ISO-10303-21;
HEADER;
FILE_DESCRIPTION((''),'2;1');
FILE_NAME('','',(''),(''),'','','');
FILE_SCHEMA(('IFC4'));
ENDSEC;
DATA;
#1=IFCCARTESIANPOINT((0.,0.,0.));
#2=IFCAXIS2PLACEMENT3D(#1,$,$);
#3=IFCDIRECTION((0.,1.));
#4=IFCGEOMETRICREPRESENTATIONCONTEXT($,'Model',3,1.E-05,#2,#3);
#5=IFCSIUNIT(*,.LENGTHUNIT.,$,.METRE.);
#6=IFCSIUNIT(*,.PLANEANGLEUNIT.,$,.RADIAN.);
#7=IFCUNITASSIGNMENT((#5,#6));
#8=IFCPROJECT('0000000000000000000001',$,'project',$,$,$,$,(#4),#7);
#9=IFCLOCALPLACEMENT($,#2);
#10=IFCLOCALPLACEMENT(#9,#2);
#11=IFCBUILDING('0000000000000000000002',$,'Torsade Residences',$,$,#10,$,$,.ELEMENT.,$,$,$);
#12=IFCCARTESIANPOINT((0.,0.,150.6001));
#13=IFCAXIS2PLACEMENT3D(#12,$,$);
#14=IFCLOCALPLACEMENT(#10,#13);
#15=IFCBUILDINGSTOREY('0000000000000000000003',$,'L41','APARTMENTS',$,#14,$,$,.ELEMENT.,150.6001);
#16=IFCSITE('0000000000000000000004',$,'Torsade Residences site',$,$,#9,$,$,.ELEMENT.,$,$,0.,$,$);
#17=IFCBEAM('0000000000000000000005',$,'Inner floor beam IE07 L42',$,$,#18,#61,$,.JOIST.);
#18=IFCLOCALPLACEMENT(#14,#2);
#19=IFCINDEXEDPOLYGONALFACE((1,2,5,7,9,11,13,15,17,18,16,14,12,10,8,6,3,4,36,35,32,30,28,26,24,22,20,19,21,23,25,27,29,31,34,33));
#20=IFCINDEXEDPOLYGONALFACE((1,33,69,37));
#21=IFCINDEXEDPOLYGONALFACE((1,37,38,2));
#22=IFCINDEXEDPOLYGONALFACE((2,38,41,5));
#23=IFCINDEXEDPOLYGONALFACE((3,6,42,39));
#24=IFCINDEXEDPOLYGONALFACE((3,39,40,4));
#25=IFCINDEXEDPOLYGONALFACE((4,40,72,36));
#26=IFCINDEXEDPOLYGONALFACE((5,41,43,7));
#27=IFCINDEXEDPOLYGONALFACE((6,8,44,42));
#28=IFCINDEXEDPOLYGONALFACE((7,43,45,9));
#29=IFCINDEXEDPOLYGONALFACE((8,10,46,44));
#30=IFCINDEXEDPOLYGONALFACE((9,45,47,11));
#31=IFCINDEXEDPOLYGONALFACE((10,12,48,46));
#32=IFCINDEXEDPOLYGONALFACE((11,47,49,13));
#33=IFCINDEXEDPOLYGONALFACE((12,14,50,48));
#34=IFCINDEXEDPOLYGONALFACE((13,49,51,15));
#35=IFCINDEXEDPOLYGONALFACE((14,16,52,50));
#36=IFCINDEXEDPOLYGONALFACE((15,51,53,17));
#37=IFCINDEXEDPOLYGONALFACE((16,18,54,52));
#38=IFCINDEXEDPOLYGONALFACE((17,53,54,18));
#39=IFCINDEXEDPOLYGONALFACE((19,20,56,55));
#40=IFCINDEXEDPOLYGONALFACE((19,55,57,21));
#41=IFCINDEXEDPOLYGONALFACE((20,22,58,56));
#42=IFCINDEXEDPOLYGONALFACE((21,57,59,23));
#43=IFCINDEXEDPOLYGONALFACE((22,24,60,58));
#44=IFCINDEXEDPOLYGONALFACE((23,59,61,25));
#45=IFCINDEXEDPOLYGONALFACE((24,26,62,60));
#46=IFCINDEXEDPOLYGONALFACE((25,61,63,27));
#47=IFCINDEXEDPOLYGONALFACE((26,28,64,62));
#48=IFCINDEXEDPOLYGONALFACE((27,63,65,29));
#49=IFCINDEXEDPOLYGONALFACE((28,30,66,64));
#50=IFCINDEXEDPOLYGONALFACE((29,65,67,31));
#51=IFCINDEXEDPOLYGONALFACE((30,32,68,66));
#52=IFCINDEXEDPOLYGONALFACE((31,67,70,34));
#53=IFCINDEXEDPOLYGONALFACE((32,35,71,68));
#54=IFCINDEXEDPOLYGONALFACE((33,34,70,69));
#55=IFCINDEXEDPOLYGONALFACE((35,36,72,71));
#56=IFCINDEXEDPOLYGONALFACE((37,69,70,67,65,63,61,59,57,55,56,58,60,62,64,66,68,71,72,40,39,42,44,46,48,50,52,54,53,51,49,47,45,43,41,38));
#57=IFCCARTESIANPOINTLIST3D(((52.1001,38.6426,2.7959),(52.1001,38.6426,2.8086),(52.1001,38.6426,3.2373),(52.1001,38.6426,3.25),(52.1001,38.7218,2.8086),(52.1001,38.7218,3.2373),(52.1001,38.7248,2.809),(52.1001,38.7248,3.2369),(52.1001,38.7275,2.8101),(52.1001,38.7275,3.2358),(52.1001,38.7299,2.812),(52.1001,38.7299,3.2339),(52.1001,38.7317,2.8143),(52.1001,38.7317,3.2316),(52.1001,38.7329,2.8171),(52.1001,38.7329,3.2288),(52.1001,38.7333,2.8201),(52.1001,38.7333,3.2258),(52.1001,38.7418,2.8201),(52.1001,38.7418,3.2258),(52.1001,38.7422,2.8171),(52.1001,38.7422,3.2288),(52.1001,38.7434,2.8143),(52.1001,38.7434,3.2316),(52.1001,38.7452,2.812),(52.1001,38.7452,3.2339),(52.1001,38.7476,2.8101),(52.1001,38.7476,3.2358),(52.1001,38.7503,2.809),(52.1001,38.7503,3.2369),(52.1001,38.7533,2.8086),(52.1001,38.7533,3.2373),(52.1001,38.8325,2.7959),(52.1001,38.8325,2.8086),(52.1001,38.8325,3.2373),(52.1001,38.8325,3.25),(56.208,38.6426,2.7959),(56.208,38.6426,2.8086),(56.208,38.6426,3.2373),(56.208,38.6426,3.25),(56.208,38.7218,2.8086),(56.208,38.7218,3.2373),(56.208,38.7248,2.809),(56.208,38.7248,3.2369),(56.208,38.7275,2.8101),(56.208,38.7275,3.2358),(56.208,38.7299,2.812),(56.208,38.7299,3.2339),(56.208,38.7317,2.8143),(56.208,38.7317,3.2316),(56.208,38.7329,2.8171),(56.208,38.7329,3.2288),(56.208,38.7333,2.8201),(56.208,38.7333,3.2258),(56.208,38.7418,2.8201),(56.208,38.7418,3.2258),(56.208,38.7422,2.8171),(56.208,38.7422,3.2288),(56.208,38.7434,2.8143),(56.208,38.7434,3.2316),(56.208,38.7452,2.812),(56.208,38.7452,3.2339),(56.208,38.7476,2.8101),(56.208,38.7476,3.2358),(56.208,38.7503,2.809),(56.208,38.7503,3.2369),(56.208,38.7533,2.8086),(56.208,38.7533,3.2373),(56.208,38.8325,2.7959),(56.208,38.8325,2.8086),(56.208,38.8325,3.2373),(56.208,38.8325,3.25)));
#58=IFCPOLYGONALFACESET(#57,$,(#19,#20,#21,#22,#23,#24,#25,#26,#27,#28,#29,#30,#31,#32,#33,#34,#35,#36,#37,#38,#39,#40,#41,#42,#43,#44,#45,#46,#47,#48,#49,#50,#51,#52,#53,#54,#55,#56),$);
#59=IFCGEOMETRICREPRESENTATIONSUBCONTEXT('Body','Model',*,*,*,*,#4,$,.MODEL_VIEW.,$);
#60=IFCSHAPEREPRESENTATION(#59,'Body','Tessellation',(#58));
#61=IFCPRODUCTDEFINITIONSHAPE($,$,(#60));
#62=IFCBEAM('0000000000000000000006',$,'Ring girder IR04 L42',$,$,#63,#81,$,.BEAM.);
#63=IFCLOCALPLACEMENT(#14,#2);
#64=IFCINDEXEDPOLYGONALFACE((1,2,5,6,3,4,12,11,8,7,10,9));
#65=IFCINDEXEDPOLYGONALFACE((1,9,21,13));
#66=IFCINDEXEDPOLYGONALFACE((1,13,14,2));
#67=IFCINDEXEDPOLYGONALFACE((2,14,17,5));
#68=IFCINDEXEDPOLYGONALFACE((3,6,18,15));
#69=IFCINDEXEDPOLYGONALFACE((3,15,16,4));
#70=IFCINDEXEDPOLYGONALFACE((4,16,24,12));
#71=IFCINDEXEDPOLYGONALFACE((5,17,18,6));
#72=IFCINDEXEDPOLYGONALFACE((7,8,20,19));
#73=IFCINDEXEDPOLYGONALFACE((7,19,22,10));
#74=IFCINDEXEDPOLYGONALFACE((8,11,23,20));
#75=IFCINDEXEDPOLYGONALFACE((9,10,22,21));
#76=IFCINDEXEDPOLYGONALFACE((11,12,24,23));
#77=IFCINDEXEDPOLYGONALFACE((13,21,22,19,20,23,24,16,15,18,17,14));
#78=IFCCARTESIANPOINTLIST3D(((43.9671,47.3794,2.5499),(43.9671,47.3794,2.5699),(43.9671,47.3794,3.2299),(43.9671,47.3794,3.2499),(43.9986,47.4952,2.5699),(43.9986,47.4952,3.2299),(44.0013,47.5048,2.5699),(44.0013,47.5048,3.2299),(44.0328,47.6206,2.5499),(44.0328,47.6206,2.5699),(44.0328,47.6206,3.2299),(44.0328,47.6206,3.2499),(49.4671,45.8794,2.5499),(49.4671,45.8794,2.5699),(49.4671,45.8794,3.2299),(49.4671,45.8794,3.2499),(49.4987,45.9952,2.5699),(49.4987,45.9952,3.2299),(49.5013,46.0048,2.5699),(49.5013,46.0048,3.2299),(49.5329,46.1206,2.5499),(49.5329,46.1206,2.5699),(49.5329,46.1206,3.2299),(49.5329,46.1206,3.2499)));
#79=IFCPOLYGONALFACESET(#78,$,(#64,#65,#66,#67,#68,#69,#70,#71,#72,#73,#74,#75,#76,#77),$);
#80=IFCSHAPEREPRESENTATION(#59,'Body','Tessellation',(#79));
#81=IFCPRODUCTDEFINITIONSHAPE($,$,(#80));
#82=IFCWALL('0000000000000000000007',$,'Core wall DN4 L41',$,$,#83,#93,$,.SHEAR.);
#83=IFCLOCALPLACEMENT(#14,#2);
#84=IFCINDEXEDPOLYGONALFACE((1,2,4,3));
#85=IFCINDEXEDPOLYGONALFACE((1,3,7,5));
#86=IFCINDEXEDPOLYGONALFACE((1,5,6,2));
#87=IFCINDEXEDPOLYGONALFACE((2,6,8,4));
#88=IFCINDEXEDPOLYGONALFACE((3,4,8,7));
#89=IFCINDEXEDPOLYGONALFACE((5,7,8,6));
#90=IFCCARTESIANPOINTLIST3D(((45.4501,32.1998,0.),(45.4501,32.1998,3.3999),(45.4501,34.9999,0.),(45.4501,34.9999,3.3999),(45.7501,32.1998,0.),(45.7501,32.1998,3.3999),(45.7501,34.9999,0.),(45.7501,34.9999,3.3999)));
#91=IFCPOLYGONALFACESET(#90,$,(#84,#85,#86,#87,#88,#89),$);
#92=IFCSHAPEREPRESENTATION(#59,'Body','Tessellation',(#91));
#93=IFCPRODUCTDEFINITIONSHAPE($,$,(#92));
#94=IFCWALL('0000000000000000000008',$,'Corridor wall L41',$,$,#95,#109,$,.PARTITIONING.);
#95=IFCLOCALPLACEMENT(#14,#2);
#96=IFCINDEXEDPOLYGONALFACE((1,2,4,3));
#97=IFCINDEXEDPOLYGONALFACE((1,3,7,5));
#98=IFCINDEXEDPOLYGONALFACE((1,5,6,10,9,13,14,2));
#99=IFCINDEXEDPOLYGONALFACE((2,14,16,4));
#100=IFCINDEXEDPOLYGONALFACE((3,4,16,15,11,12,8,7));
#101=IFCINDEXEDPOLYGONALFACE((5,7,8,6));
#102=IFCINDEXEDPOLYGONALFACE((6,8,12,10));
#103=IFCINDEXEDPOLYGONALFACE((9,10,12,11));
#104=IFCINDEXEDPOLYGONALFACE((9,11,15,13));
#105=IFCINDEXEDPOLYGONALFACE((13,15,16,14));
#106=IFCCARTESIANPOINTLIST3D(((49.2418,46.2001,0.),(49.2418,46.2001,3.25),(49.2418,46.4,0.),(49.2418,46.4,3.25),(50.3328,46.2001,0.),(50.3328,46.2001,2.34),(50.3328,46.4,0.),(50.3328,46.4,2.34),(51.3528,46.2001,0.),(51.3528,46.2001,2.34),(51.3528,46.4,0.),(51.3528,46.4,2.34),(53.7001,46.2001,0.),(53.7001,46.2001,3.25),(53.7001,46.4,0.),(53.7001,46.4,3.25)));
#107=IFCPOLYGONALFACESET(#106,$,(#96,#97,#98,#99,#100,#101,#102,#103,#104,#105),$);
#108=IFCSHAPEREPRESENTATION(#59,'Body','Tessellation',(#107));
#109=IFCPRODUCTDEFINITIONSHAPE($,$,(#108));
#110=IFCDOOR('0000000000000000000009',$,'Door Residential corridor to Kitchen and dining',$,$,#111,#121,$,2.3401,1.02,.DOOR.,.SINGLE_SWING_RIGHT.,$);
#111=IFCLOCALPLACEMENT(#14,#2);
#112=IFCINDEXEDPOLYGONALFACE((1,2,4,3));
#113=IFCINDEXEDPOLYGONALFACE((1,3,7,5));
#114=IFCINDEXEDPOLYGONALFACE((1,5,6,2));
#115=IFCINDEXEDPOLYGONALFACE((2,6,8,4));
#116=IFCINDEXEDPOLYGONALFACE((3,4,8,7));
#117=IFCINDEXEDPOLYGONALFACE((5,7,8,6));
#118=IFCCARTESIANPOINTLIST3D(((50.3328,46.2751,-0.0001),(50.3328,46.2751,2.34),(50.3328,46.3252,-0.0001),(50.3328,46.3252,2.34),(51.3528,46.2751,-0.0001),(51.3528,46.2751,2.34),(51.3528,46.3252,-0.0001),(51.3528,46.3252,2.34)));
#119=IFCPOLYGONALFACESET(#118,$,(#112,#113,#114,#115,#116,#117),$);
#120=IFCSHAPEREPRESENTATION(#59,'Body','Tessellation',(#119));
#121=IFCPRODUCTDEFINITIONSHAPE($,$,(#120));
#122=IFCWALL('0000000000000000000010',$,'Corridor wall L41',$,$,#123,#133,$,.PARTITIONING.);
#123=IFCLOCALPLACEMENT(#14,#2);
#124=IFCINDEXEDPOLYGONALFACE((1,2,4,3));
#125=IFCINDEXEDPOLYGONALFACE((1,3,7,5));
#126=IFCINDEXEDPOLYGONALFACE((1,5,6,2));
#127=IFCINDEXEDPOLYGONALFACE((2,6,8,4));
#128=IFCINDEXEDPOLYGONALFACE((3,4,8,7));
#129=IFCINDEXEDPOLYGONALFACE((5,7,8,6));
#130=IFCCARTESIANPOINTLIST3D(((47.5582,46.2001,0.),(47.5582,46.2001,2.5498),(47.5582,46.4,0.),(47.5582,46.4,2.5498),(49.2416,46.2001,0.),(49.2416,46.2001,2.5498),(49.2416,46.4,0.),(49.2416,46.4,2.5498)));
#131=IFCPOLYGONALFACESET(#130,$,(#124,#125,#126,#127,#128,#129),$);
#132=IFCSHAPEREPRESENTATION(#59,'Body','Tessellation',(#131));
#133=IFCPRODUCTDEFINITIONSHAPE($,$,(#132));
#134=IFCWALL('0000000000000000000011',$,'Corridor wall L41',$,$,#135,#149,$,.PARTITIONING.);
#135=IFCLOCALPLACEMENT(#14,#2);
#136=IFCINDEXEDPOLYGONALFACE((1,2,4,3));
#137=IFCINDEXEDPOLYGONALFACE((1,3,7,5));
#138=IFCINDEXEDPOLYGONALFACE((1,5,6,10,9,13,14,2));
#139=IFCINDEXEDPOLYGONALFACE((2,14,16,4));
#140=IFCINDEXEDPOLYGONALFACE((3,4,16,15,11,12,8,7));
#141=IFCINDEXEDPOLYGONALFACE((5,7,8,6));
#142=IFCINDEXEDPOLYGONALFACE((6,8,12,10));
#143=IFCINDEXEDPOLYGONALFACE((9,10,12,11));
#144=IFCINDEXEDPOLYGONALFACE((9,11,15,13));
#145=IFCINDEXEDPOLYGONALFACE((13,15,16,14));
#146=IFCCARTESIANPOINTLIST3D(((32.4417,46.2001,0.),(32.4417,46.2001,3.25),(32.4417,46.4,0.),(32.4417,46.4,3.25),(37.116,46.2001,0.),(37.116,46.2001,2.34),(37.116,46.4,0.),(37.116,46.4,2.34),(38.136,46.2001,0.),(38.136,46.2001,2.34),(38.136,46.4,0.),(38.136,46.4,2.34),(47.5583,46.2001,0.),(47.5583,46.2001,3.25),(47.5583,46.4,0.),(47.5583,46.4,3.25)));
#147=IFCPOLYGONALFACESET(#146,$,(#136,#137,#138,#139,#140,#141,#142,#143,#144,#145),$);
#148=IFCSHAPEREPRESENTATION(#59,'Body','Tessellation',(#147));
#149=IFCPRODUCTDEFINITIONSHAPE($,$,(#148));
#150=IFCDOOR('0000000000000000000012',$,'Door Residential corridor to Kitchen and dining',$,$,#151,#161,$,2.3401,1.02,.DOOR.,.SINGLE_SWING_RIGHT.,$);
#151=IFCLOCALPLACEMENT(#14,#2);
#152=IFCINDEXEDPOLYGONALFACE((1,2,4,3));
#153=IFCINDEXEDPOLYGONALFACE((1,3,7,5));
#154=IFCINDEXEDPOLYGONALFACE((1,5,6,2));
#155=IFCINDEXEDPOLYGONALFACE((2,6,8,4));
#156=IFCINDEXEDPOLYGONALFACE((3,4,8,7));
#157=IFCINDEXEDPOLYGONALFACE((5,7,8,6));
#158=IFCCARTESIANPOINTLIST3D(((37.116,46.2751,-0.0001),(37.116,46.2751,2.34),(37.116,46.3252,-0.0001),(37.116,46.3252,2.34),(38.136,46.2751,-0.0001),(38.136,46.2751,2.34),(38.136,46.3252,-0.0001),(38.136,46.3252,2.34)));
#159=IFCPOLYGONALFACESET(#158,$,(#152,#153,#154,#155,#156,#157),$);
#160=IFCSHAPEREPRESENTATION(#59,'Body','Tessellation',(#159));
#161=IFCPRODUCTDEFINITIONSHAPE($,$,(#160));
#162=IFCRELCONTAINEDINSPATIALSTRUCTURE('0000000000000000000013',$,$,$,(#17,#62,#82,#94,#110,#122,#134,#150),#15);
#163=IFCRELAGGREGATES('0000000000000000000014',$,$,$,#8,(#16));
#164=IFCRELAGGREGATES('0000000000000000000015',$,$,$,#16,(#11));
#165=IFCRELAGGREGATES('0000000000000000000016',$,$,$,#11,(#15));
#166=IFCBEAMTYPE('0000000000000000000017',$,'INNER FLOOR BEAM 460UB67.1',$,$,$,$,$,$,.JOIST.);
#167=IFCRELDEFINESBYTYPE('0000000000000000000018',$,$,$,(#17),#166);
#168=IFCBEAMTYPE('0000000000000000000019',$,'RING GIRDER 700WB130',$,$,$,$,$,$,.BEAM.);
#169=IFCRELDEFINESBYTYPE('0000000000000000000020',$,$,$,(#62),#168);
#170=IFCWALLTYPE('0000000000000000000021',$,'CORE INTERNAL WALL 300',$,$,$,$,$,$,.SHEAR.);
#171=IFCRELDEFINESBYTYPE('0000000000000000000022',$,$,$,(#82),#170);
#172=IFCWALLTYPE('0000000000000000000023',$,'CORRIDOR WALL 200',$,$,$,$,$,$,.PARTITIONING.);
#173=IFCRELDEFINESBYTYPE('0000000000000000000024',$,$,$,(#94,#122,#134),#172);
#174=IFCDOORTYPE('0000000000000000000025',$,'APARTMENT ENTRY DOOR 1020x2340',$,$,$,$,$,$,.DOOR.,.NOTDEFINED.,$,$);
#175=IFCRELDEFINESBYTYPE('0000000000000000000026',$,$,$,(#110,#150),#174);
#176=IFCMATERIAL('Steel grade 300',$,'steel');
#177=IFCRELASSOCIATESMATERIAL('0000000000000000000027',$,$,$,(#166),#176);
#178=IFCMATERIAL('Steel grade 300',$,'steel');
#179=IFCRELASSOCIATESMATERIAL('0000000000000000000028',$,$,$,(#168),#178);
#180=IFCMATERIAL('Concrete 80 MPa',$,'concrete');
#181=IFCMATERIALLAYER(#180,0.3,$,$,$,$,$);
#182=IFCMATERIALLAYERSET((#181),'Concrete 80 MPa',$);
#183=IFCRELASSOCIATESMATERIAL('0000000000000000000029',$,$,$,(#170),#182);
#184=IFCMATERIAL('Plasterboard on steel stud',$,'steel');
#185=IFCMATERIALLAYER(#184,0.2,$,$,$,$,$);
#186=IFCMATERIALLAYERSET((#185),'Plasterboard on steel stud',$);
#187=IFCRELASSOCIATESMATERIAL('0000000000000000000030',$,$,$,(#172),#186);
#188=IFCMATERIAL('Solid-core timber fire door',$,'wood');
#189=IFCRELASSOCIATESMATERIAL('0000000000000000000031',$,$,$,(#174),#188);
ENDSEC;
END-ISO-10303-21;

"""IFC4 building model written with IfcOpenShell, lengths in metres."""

from ifc_helpers import new_model, si_unit, direction, frame, frame_2d, origin, origin_2d, place, context, subcontext, project, spatial, rectangle, i_section, extrude, material, layer, layer_set, material_profile, profile_set, type_object, element, fill, save


model = new_model("IFC4")

# Units and contexts
model_context = context("Model", 3, precision=1e-05, world=origin(), true_north=direction((0.0, 1.0)))
body_context = subcontext(model_context, "Body", "Model", "MODEL_VIEW")
ifc_project = project(units=[si_unit("LENGTHUNIT", "METRE"), si_unit("PLANEANGLEUNIT", "RADIAN")], contexts=[model_context])

# Site, building, storey
site_placement = place(None, origin())
site = spatial("IfcSite", under=ifc_project, at=site_placement, Name="Torsade Residences site", CompositionType="ELEMENT", RefElevation=0.0)
building_placement = place(site_placement, origin())
building = spatial("IfcBuilding", under=site, at=building_placement, Name="Torsade Residences", CompositionType="ELEMENT")
storey_placement = place(building_placement, frame((0.0, 0.0, 150.6001)))
storey = spatial("IfcBuildingStorey", under=building, at=storey_placement, Name="L41", Description="APARTMENTS", CompositionType="ELEMENT", Elevation=150.6001)

# Beams
ifc_material_1 = material(Name="Steel grade 300", Category="steel")
ifc_material_profile_1 = material_profile(ifc_material_1, i_section(OverallWidth=0.1899, OverallDepth=0.4541, WebThickness=0.0085, FlangeThickness=0.0127, FilletRadius=0.0115, at=origin_2d()), Name="460UB67.1")
ifc_profile_set_1 = profile_set([ifc_material_profile_1], Name="Steel grade 300")
beam_type_1 = type_object("IfcBeamType", Name="INNER FLOOR BEAM 460UB67.1", PredefinedType="JOIST", material=ifc_profile_set_1)
beam_1_placement = place(storey_placement, frame((52.1001, 38.7375, 3.0229), z_axis=(1.0, 0.0, 0.0), x_axis=(0.0, 1.0, 0.0)))
element("IfcBeam", 1, at=beam_1_placement, inside=storey, type_object=beam_type_1, Name="Inner floor beam IE07 L42", PredefinedType="JOIST", context=body_context, shape_type="SweptSolid", body=[
    extrude(i_section(OverallWidth=0.1899, OverallDepth=0.4541, WebThickness=0.0085, FlangeThickness=0.0127, FilletRadius=0.0115, at=origin_2d()), origin(), (0.0, 0.0, 1.0), 4.1079),
])
ifc_material_2 = material(Name="Steel grade 300", Category="steel")
ifc_material_profile_2 = material_profile(ifc_material_2, i_section(OverallWidth=0.25, OverallDepth=0.7, WebThickness=0.01, FlangeThickness=0.02, at=origin_2d()), Name="700WB130")
ifc_profile_set_2 = profile_set([ifc_material_profile_2], Name="Steel grade 300")
beam_type_2 = type_object("IfcBeamType", Name="RING GIRDER 700WB130", PredefinedType="BEAM", material=ifc_profile_set_2)
beam_2_placement = place(storey_placement, frame((49.5, 46.0, 2.8999), z_axis=(-0.964764, 0.263117, 0.0), x_axis=(-0.263117, -0.964764, 0.0)))
element("IfcBeam", 2, at=beam_2_placement, inside=storey, type_object=beam_type_2, Name="Ring girder IR04 L42", PredefinedType="BEAM", context=body_context, shape_type="SweptSolid", body=[
    extrude(i_section(OverallWidth=0.25, OverallDepth=0.7, WebThickness=0.01, FlangeThickness=0.02, at=origin_2d()), origin(), (0.0, 0.0, 1.0), 5.7009),
])

# Wall
ifc_material_3 = material(Name="Concrete 80 MPa", Category="concrete")
ifc_layer_1 = layer(ifc_material_3, 0.3)
ifc_layer_set_1 = layer_set([ifc_layer_1], Name="Concrete 80 MPa")
wall_type_1 = type_object("IfcWallType", Name="CORE INTERNAL WALL 300", PredefinedType="SHEAR", material=ifc_layer_set_1)
wall_1_placement = place(storey_placement, frame((45.6001, 32.2, 0.0), z_axis=(0.0, 0.0, 1.0), x_axis=(0.0, 1.0, 0.0)))
element("IfcWall", 3, at=wall_1_placement, inside=storey, type_object=wall_type_1, Name="Core wall DN4 L41", PredefinedType="SHEAR", context=body_context, shape_type="SweptSolid", body=[
    extrude(rectangle(XDim=2.8, YDim=0.3, at=frame_2d((1.3999, 0.0))), origin(), (0.0, 0.0, 1.0), 3.3999),
])

# Wall, opening, door
ifc_material_4 = material(Name="Plasterboard on steel stud", Category="steel")
ifc_layer_2 = layer(ifc_material_4, 0.2)
ifc_layer_set_2 = layer_set([ifc_layer_2], Name="Plasterboard on steel stud")
wall_type_2 = type_object("IfcWallType", Name="CORRIDOR WALL 200", PredefinedType="PARTITIONING", material=ifc_layer_set_2)
wall_2_placement = place(storey_placement, frame((53.7, 46.3, 0.0), z_axis=(0.0, 0.0, 1.0), x_axis=(-1.0, 0.0, 0.0)))
wall_2 = element("IfcWall", 4, at=wall_2_placement, inside=storey, type_object=wall_type_2, Name="Corridor wall L41", PredefinedType="PARTITIONING", context=body_context, shape_type="SweptSolid", body=[
    extrude(rectangle(XDim=4.4583, YDim=0.2, at=frame_2d((2.229, 0.0))), origin(), (0.0, 0.0, 1.0), 3.25),
])
opening_1_placement = place(wall_2_placement, frame((2.3472, 0.0, 0.0)))
opening_1 = element("IfcOpeningElement", 5, at=opening_1_placement, cuts=wall_2, PredefinedType="OPENING", context=body_context, shape_type="SweptSolid", body=[
    extrude(rectangle(XDim=1.02, YDim=2.3401, at=frame_2d((0.51, 1.1699))), frame((0.0, 0.1099, 0.0), z_axis=(0.0, -1.0, 0.0), x_axis=(1.0, 0.0, 0.0)), (0.0, 0.0, 1.0), 0.22),
])
ifc_material_5 = material(Name="Solid-core timber fire door", Category="wood")
door_type_1 = type_object("IfcDoorType", Name="APARTMENT ENTRY DOOR 1020x2340", OperationType="NOTDEFINED", PredefinedType="DOOR", material=ifc_material_5)
door_1_placement = place(opening_1_placement, origin())
door_1 = element("IfcDoor", 6, at=door_1_placement, inside=storey, type_object=door_type_1, Name="Door Residential corridor to Kitchen and dining", OperationType="SINGLE_SWING_RIGHT", OverallHeight=2.3401, OverallWidth=1.02, PredefinedType="DOOR", context=body_context, shape_type="SweptSolid", body=[
    extrude(rectangle(XDim=1.02, YDim=2.3401, at=frame_2d((0.51, 1.1699))), frame((0.0, 0.0249, 0.0), z_axis=(0.0, -1.0, 0.0), x_axis=(1.0, 0.0, 0.0)), (0.0, 0.0, 1.0), 0.05),
])
fill(opening_1, door_1)

# Wall
wall_3_placement = place(storey_placement, frame((49.2417, 46.3, 0.0), z_axis=(0.0, 0.0, 1.0), x_axis=(-1.0, 0.0, 0.0)))
element("IfcWall", 7, at=wall_3_placement, inside=storey, type_object=wall_type_2, Name="Corridor wall L41", PredefinedType="PARTITIONING", context=body_context, shape_type="SweptSolid", body=[
    extrude(rectangle(XDim=1.6833, YDim=0.2, at=frame_2d((0.8418, 0.0))), origin(), (0.0, 0.0, 1.0), 2.5498),
])

# Wall, opening, door
wall_4_placement = place(storey_placement, frame((47.5583, 46.3, 0.0), z_axis=(0.0, 0.0, 1.0), x_axis=(-1.0, 0.0, 0.0)))
wall_4 = element("IfcWall", 8, at=wall_4_placement, inside=storey, type_object=wall_type_2, Name="Corridor wall L41", PredefinedType="PARTITIONING", context=body_context, shape_type="SweptSolid", body=[
    extrude(rectangle(XDim=15.1167, YDim=0.2, at=frame_2d((7.5583, 0.0))), origin(), (0.0, 0.0, 1.0), 3.25),
])
opening_2_placement = place(wall_4_placement, frame((9.4224, 0.0, 0.0)))
opening_2 = element("IfcOpeningElement", 9, at=opening_2_placement, cuts=wall_4, PredefinedType="OPENING", context=body_context, shape_type="SweptSolid", body=[
    extrude(rectangle(XDim=1.02, YDim=2.3401, at=frame_2d((0.51, 1.1699))), frame((0.0, 0.1099, 0.0), z_axis=(0.0, -1.0, 0.0), x_axis=(1.0, 0.0, 0.0)), (0.0, 0.0, 1.0), 0.22),
])
door_2_placement = place(opening_2_placement, origin())
door_2 = element("IfcDoor", 10, at=door_2_placement, inside=storey, type_object=door_type_1, Name="Door Residential corridor to Kitchen and dining", OperationType="SINGLE_SWING_RIGHT", OverallHeight=2.3401, OverallWidth=1.02, PredefinedType="DOOR", context=body_context, shape_type="SweptSolid", body=[
    extrude(rectangle(XDim=1.02, YDim=2.3401, at=frame_2d((0.51, 1.1699))), frame((0.0, 0.0249, 0.0), z_axis=(0.0, -1.0, 0.0), x_axis=(1.0, 0.0, 0.0)), (0.0, 0.0, 1.0), 0.05),
])
fill(opening_2, door_2)

save(model, "model.ifc")
